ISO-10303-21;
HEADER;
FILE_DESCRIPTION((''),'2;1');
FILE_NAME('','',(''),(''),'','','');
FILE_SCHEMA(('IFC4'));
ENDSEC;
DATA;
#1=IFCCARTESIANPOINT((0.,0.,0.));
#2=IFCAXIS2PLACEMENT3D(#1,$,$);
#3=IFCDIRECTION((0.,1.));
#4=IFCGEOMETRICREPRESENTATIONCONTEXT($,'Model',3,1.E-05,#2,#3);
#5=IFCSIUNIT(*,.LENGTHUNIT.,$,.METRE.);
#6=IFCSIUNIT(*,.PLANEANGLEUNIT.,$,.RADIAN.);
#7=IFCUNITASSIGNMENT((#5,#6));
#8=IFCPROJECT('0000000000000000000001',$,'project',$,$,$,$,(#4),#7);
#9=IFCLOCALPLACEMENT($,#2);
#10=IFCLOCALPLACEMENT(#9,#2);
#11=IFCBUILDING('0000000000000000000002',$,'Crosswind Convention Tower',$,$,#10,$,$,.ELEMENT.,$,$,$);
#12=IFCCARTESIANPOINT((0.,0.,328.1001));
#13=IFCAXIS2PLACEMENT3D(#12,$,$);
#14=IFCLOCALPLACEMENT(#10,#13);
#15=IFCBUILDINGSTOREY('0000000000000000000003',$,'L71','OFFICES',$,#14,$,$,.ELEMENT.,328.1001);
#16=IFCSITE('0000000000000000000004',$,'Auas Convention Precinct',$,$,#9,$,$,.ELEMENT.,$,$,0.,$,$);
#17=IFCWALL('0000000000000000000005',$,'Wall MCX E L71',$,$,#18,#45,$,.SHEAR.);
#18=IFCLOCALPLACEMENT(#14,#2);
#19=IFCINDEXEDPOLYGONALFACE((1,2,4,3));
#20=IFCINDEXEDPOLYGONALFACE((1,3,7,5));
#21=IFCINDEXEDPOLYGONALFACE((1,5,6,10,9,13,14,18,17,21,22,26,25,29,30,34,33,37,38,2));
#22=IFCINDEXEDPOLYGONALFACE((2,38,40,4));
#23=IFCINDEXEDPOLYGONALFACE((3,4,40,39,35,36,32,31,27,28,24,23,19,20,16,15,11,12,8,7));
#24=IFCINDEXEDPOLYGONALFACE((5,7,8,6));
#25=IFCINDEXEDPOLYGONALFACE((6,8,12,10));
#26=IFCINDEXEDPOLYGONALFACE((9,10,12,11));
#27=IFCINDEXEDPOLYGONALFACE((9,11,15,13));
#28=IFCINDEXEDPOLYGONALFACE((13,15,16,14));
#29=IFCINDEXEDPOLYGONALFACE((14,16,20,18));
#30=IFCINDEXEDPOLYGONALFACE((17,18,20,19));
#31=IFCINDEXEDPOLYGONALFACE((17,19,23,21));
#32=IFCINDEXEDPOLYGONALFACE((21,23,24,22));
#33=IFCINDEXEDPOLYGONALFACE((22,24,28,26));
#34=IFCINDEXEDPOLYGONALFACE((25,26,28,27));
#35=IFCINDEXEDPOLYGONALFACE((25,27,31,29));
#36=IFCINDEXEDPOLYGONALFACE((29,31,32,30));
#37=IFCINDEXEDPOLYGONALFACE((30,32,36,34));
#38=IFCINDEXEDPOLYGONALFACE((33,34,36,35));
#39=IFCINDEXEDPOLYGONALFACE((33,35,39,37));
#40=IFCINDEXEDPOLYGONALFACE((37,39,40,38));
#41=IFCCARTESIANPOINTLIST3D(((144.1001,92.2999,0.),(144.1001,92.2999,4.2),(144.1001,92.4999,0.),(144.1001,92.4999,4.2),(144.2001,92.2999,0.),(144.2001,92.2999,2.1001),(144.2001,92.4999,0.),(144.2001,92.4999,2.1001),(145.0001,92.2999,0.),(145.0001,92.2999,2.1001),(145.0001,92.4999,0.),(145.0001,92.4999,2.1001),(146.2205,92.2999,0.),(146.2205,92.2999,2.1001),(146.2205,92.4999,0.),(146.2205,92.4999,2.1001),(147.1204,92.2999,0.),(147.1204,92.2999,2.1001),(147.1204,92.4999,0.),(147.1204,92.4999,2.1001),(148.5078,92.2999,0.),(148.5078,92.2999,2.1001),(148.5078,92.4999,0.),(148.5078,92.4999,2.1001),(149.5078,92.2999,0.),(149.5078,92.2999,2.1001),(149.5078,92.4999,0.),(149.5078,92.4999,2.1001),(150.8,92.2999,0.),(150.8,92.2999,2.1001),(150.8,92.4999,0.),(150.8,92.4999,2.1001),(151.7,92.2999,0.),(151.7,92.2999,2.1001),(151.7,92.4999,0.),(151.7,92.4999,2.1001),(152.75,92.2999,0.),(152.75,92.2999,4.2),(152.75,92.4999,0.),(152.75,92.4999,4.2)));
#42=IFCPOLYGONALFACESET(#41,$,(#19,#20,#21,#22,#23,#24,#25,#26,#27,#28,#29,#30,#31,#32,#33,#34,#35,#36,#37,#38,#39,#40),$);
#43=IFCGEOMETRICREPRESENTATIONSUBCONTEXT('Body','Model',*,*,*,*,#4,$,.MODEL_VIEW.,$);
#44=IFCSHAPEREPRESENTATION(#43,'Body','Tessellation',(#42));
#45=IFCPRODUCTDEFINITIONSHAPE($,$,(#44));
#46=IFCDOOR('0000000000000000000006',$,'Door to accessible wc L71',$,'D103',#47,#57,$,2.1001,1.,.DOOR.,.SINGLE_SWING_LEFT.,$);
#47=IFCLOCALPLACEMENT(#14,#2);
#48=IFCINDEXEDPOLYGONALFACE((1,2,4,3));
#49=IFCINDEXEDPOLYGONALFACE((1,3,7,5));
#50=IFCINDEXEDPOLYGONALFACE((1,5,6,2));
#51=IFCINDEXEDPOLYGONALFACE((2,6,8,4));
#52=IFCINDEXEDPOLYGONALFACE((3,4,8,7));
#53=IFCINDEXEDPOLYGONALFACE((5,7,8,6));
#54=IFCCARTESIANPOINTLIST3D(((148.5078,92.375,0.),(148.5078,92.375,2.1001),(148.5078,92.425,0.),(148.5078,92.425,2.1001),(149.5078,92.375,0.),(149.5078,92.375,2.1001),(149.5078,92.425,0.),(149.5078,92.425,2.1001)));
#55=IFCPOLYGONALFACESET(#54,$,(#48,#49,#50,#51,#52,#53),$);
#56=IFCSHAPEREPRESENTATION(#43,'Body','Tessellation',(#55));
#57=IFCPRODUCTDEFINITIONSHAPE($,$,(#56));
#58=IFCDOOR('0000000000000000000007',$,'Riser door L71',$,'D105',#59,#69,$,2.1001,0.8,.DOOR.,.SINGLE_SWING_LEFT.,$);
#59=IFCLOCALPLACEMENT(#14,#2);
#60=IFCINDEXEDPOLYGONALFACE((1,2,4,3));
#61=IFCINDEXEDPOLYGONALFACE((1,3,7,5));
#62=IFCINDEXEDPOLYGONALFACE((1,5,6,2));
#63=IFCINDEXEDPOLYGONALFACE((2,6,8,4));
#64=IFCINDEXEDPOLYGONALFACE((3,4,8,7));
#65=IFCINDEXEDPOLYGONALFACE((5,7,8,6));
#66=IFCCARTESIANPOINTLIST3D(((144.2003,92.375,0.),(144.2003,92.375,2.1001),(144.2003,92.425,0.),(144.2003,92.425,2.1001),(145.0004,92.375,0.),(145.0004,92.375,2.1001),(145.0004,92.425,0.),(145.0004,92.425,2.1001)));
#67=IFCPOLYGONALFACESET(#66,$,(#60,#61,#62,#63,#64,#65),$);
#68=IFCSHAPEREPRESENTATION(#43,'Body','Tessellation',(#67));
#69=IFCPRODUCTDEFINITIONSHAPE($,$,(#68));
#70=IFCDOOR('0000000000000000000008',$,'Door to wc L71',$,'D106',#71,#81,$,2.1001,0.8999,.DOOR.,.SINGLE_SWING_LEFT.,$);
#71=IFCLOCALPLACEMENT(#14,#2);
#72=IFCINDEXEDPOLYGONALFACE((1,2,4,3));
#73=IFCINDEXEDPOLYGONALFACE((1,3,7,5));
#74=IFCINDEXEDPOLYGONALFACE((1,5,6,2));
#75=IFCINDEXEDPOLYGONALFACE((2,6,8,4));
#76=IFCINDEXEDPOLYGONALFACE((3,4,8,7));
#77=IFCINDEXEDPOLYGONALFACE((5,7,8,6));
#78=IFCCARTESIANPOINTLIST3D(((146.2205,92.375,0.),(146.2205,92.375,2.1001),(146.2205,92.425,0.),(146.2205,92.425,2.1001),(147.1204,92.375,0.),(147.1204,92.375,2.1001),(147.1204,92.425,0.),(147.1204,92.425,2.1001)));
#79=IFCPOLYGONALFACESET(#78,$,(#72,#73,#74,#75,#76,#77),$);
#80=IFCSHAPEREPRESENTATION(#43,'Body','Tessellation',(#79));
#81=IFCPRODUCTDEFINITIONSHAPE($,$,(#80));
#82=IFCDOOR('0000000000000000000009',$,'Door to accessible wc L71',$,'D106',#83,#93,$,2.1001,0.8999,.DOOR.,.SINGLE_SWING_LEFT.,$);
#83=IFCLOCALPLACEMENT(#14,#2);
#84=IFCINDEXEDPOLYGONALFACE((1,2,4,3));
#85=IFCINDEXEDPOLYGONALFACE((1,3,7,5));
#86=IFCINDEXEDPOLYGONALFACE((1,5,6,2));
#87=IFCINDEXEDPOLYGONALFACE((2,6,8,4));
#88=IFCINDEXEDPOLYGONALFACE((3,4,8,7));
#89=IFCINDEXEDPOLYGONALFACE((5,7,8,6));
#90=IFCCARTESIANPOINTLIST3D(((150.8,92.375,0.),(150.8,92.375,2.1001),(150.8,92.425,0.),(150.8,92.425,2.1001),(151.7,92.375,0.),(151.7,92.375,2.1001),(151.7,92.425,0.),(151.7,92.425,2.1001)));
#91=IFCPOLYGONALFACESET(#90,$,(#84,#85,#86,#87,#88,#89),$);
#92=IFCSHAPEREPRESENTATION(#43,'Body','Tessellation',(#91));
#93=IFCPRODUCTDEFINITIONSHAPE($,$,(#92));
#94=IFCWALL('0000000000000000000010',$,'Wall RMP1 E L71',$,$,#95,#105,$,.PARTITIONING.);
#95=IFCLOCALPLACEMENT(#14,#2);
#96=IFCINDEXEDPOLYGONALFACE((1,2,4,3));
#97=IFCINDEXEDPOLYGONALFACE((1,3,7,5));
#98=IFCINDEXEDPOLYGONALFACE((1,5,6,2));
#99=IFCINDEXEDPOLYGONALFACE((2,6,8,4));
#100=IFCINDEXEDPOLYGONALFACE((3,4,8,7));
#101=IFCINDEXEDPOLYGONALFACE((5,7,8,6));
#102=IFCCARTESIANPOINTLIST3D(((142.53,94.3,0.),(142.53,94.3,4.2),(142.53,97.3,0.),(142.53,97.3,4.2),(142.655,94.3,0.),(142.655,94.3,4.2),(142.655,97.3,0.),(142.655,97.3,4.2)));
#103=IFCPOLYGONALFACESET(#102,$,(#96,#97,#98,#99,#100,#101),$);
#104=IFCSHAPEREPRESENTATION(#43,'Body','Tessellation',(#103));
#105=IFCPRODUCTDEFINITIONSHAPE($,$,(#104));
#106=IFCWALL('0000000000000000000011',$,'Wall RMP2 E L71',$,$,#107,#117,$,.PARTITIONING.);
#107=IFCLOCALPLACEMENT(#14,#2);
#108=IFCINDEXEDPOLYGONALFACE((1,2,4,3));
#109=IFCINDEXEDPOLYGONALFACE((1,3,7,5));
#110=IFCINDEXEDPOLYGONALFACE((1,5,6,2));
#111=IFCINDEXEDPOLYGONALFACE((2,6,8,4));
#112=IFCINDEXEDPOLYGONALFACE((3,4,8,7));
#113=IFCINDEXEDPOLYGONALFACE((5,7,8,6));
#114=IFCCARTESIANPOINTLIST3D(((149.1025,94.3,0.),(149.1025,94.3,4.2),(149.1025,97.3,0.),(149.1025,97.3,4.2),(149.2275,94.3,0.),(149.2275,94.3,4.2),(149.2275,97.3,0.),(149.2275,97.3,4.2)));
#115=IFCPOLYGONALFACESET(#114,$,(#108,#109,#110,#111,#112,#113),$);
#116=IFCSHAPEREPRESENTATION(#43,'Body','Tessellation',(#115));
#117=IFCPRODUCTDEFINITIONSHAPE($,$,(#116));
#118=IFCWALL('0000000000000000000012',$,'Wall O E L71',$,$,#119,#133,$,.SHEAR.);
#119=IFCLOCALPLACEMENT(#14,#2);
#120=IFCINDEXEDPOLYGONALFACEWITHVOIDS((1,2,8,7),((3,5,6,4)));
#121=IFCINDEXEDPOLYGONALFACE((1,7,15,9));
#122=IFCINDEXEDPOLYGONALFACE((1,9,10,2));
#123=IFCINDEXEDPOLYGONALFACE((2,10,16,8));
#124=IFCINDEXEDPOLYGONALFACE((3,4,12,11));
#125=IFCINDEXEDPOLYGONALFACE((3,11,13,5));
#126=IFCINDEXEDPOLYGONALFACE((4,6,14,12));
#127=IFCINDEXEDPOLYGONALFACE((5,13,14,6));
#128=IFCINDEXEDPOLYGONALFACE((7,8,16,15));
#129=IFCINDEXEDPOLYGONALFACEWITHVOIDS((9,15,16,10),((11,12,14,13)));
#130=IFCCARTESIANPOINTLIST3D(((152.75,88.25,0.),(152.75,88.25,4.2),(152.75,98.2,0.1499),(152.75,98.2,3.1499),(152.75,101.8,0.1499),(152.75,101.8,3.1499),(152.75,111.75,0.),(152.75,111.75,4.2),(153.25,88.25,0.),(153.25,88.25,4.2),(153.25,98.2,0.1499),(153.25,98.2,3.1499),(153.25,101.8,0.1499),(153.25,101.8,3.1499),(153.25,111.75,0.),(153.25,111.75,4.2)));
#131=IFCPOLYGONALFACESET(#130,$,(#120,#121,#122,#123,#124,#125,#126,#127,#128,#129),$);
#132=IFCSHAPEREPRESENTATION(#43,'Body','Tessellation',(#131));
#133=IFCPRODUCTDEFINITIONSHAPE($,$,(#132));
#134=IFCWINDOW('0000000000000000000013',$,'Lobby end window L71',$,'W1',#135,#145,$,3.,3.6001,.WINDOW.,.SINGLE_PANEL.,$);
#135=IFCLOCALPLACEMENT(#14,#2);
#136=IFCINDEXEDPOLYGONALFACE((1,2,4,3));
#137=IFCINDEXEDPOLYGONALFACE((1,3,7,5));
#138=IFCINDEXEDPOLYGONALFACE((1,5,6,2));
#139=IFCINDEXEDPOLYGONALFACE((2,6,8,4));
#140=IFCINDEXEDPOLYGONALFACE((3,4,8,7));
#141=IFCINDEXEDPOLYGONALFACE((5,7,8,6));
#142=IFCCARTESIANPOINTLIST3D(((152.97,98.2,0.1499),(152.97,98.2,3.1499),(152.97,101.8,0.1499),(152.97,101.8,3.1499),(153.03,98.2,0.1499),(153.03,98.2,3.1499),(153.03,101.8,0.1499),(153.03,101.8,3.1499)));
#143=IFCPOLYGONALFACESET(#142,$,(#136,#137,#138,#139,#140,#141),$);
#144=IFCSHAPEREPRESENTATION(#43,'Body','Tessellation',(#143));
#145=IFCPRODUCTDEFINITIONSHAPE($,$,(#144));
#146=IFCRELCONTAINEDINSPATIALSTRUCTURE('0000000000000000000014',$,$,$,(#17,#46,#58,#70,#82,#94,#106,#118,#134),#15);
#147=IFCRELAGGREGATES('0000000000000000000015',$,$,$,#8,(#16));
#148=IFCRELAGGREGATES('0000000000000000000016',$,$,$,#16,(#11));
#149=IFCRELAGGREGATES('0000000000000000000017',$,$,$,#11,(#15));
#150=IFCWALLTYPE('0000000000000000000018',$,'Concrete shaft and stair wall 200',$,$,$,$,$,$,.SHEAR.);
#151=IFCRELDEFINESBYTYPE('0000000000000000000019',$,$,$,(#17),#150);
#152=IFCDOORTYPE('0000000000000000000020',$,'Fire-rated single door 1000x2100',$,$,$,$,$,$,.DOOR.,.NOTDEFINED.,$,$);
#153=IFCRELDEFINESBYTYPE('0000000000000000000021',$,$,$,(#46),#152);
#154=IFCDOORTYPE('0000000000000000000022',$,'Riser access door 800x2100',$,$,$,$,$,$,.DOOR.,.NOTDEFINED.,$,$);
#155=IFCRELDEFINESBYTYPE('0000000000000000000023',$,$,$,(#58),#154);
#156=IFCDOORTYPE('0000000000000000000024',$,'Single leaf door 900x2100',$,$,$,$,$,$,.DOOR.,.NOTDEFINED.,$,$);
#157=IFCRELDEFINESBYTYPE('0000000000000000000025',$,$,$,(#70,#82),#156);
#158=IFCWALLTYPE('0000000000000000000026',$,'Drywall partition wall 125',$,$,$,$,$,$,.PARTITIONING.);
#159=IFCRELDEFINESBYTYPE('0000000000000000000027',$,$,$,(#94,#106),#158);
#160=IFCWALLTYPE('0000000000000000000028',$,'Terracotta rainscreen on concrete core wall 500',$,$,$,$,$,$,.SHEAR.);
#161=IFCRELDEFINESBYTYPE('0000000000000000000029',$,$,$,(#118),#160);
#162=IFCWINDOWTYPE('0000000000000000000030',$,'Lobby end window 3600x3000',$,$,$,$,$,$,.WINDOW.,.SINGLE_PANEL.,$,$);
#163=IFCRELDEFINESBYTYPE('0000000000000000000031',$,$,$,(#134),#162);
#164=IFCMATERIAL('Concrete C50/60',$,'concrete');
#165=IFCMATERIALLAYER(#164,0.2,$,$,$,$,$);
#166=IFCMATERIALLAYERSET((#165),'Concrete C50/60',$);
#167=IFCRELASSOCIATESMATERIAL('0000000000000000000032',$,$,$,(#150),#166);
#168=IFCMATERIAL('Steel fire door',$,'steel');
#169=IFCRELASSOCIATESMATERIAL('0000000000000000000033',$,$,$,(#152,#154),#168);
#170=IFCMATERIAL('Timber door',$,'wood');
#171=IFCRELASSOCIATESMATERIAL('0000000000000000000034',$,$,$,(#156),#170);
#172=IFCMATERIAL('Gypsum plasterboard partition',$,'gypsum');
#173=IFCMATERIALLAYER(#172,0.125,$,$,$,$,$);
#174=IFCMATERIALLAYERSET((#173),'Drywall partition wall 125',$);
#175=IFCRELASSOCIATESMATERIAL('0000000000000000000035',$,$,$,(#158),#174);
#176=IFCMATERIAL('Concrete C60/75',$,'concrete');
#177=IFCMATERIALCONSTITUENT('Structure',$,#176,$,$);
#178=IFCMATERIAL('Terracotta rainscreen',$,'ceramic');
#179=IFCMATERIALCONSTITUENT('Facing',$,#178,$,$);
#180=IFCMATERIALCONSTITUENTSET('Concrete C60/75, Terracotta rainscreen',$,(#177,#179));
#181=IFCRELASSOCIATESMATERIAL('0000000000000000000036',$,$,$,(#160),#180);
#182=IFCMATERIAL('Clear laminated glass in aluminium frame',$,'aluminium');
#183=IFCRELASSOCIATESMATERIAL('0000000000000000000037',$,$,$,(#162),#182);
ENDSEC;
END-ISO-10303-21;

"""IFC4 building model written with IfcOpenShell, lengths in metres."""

from ifc_helpers import new_model, si_unit, direction, frame, frame_2d, origin, place, context, subcontext, project, spatial, rectangle, extrude, material, layer, layer_set, constituent, constituent_set, type_object, element, fill, save


model = new_model("IFC4")

# Units and contexts
model_context = context("Model", 3, precision=1e-05, world=origin(), true_north=direction((0.0, 1.0)))
body_context = subcontext(model_context, "Body", "Model", "MODEL_VIEW")
ifc_project = project(units=[si_unit("LENGTHUNIT", "METRE"), si_unit("PLANEANGLEUNIT", "RADIAN")], contexts=[model_context])

# Site, building, storey
site_placement = place(None, origin())
site = spatial("IfcSite", under=ifc_project, at=site_placement, Name="Auas Convention Precinct", CompositionType="ELEMENT", RefElevation=0.0)
building_placement = place(site_placement, origin())
building = spatial("IfcBuilding", under=site, at=building_placement, Name="Crosswind Convention Tower", CompositionType="ELEMENT")
storey_placement = place(building_placement, frame((0.0, 0.0, 328.1001)))
storey = spatial("IfcBuildingStorey", under=building, at=storey_placement, Name="L71", Description="OFFICES", CompositionType="ELEMENT", Elevation=328.1001)

# Shared definitions
ifc_material_1 = material(Name="Concrete C50/60", Category="concrete")

# Shared definitions
ifc_layer_1 = layer(ifc_material_1, 0.2)
ifc_layer_set_1 = layer_set([ifc_layer_1], Name="Concrete C50/60")
wall_type_1 = type_object("IfcWallType", Name="Concrete shaft and stair wall 200", PredefinedType="SHEAR", material=ifc_layer_set_1)

# Shared definitions
ifc_material_2 = material(Name="Steel fire door", Category="steel")

# Shared definitions
door_type_1 = type_object("IfcDoorType", Name="Fire-rated single door 1000x2100", OperationType="NOTDEFINED", PredefinedType="DOOR", material=ifc_material_2)

# Wall, openings, doors
wall_1_placement = place(storey_placement, frame((144.1001, 92.3999, 0.0), z_axis=(0.0, 0.0, 1.0), x_axis=(1.0, 0.0, 0.0)))
wall_1 = element("IfcWall", 1, at=wall_1_placement, inside=storey, type_object=wall_type_1, Name="Wall MCX E L71", PredefinedType="SHEAR", context=body_context, shape_type="SweptSolid", body=[
    extrude(rectangle(XDim=8.6499, YDim=0.2, at=frame_2d((4.325, 0.0))), origin(), (0.0, 0.0, 1.0), 4.2),
])
opening_1_placement = place(wall_1_placement, frame((0.1001, 0.0, 0.0)))
opening_1 = element("IfcOpeningElement", 2, at=opening_1_placement, cuts=wall_1, PredefinedType="OPENING", context=body_context, shape_type="SweptSolid", body=[
    extrude(rectangle(XDim=0.8, YDim=2.1001, at=frame_2d((0.3999, 1.05))), frame((0.0, 0.1099, 0.0), z_axis=(0.0, -1.0, 0.0), x_axis=(1.0, 0.0, 0.0)), (0.0, 0.0, 1.0), 0.22),
])
opening_2_placement = place(wall_1_placement, frame((2.1204, 0.0, 0.0)))
opening_2 = element("IfcOpeningElement", 3, at=opening_2_placement, cuts=wall_1, PredefinedType="OPENING", context=body_context, shape_type="SweptSolid", body=[
    extrude(rectangle(XDim=0.8999, YDim=2.1001, at=frame_2d((0.45, 1.05))), frame((0.0, 0.1099, 0.0), z_axis=(0.0, -1.0, 0.0), x_axis=(1.0, 0.0, 0.0)), (0.0, 0.0, 1.0), 0.22),
])
opening_3_placement = place(wall_1_placement, frame((4.4077, 0.0, 0.0)))
opening_3 = element("IfcOpeningElement", 4, at=opening_3_placement, cuts=wall_1, PredefinedType="OPENING", context=body_context, shape_type="SweptSolid", body=[
    extrude(rectangle(XDim=1.0, YDim=2.1001, at=frame_2d((0.5, 1.05))), frame((0.0, 0.1099, 0.0), z_axis=(0.0, -1.0, 0.0), x_axis=(1.0, 0.0, 0.0)), (0.0, 0.0, 1.0), 0.22),
])
opening_4_placement = place(wall_1_placement, frame((6.7, 0.0, 0.0)))
opening_4 = element("IfcOpeningElement", 5, at=opening_4_placement, cuts=wall_1, PredefinedType="OPENING", context=body_context, shape_type="SweptSolid", body=[
    extrude(rectangle(XDim=0.8999, YDim=2.1001, at=frame_2d((0.45, 1.05))), frame((0.0, 0.1099, 0.0), z_axis=(0.0, -1.0, 0.0), x_axis=(1.0, 0.0, 0.0)), (0.0, 0.0, 1.0), 0.22),
])
door_1_placement = place(opening_3_placement, frame((1.0, 0.0, 0.0), z_axis=(0.0, 0.0, 1.0), x_axis=(-1.0, 0.0, 0.0)))
door_1 = element("IfcDoor", 6, at=door_1_placement, inside=storey, type_object=door_type_1, Name="Door to accessible wc L71", ObjectType="D103", OperationType="SINGLE_SWING_LEFT", OverallHeight=2.1001, OverallWidth=1.0, PredefinedType="DOOR", context=body_context, shape_type="SweptSolid", body=[
    extrude(rectangle(XDim=1.0, YDim=2.1001, at=frame_2d((0.5, 1.05))), frame((0.0, 0.0249, 0.0), z_axis=(0.0, -1.0, 0.0), x_axis=(1.0, 0.0, 0.0)), (0.0, 0.0, 1.0), 0.05),
])
fill(opening_3, door_1)
door_type_2 = type_object("IfcDoorType", Name="Riser access door 800x2100", OperationType="NOTDEFINED", PredefinedType="DOOR", material=ifc_material_2)
door_2_placement = place(opening_1_placement, frame((0.8, 0.0, 0.0), z_axis=(0.0, 0.0, 1.0), x_axis=(-1.0, 0.0, 0.0)))
door_2 = element("IfcDoor", 7, at=door_2_placement, inside=storey, type_object=door_type_2, Name="Riser door L71", ObjectType="D105", OperationType="SINGLE_SWING_LEFT", OverallHeight=2.1001, OverallWidth=0.8, PredefinedType="DOOR", context=body_context, shape_type="SweptSolid", body=[
    extrude(rectangle(XDim=0.8, YDim=2.1001, at=frame_2d((0.3999, 1.05))), frame((0.0, 0.0249, 0.0), z_axis=(0.0, -1.0, 0.0), x_axis=(1.0, 0.0, 0.0)), (0.0, 0.0, 1.0), 0.05),
])
fill(opening_1, door_2)
ifc_material_3 = material(Name="Timber door", Category="wood")
door_type_3 = type_object("IfcDoorType", Name="Single leaf door 900x2100", OperationType="NOTDEFINED", PredefinedType="DOOR", material=ifc_material_3)
door_3_placement = place(opening_2_placement, frame((0.8999, 0.0, 0.0), z_axis=(0.0, 0.0, 1.0), x_axis=(-1.0, 0.0, 0.0)))
door_3 = element("IfcDoor", 8, at=door_3_placement, inside=storey, type_object=door_type_3, Name="Door to wc L71", ObjectType="D106", OperationType="SINGLE_SWING_LEFT", OverallHeight=2.1001, OverallWidth=0.8999, PredefinedType="DOOR", context=body_context, shape_type="SweptSolid", body=[
    extrude(rectangle(XDim=0.8999, YDim=2.1001, at=frame_2d((0.45, 1.05))), frame((0.0, 0.0249, 0.0), z_axis=(0.0, -1.0, 0.0), x_axis=(1.0, 0.0, 0.0)), (0.0, 0.0, 1.0), 0.05),
])
fill(opening_2, door_3)
door_4_placement = place(opening_4_placement, frame((0.8999, 0.0, 0.0), z_axis=(0.0, 0.0, 1.0), x_axis=(-1.0, 0.0, 0.0)))
door_4 = element("IfcDoor", 9, at=door_4_placement, inside=storey, type_object=door_type_3, Name="Door to accessible wc L71", ObjectType="D106", OperationType="SINGLE_SWING_LEFT", OverallHeight=2.1001, OverallWidth=0.8999, PredefinedType="DOOR", context=body_context, shape_type="SweptSolid", body=[
    extrude(rectangle(XDim=0.8999, YDim=2.1001, at=frame_2d((0.45, 1.05))), frame((0.0, 0.0249, 0.0), z_axis=(0.0, -1.0, 0.0), x_axis=(1.0, 0.0, 0.0)), (0.0, 0.0, 1.0), 0.05),
])
fill(opening_4, door_4)

# Walls
ifc_material_4 = material(Name="Gypsum plasterboard partition", Category="gypsum")
ifc_layer_2 = layer(ifc_material_4, 0.125)
ifc_layer_set_2 = layer_set([ifc_layer_2], Name="Drywall partition wall 125")
wall_type_2 = type_object("IfcWallType", Name="Drywall partition wall 125", PredefinedType="PARTITIONING", material=ifc_layer_set_2)
for number, where, z_axis, x_axis, name in (
    (10, (142.5925, 94.3, 0.0), (0.0, 0.0, 1.0), (0.0, 1.0, 0.0), "Wall RMP1 E L71"),
    (11, (149.165, 94.3, 0.0), (0.0, 0.0, 1.0), (0.0, 1.0, 0.0), "Wall RMP2 E L71"),
):
    element("IfcWall", number, at=place(storey_placement, frame(where, z_axis=z_axis, x_axis=x_axis)), inside=storey, type_object=wall_type_2, Name=name, PredefinedType="PARTITIONING", context=body_context, shape_type="SweptSolid", body=[
        extrude(rectangle(XDim=3.0, YDim=0.125, at=frame_2d((1.5, 0.0))), origin(), (0.0, 0.0, 1.0), 4.2),
    ])

# Wall, opening, window
ifc_material_5 = material(Name="Concrete C60/75", Category="concrete")
ifc_constituent_1 = constituent(ifc_material_5, Name="Structure")
ifc_material_6 = material(Name="Terracotta rainscreen", Category="ceramic")
ifc_constituent_2 = constituent(ifc_material_6, Name="Facing")
ifc_constituent_set = constituent_set(constituents=[ifc_constituent_1, ifc_constituent_2], Name="Concrete C60/75, Terracotta rainscreen")
wall_type_3 = type_object("IfcWallType", Name="Terracotta rainscreen on concrete core wall 500", PredefinedType="SHEAR", material=ifc_constituent_set)
wall_2_placement = place(storey_placement, frame((153.0, 88.25, 0.0), z_axis=(0.0, 0.0, 1.0), x_axis=(0.0, 1.0, 0.0)))
wall_2 = element("IfcWall", 12, at=wall_2_placement, inside=storey, type_object=wall_type_3, Name="Wall O E L71", PredefinedType="SHEAR", context=body_context, shape_type="SweptSolid", body=[
    extrude(rectangle(XDim=23.5, YDim=0.5, at=frame_2d((11.75, 0.0))), origin(), (0.0, 0.0, 1.0), 4.2),
])
opening_5_placement = place(wall_2_placement, frame((9.95, 0.0, 0.1499)))
opening_5 = element("IfcOpeningElement", 13, at=opening_5_placement, cuts=wall_2, PredefinedType="OPENING", context=body_context, shape_type="SweptSolid", body=[
    extrude(rectangle(XDim=3.6001, YDim=3.0, at=frame_2d((1.8, 1.5))), frame((0.0, 0.26, 0.0), z_axis=(0.0, -1.0, 0.0), x_axis=(1.0, 0.0, 0.0)), (0.0, 0.0, 1.0), 0.52),
])
ifc_material_7 = material(Name="Clear laminated glass in aluminium frame", Category="aluminium")
window_type = type_object("IfcWindowType", Name="Lobby end window 3600x3000", PartitioningType="SINGLE_PANEL", PredefinedType="WINDOW", material=ifc_material_7)
window_placement = place(opening_5_placement, origin())
window = element("IfcWindow", 14, at=window_placement, inside=storey, type_object=window_type, Name="Lobby end window L71", ObjectType="W1", OverallHeight=3.0, OverallWidth=3.6001, PartitioningType="SINGLE_PANEL", PredefinedType="WINDOW", context=body_context, shape_type="SweptSolid", body=[
    extrude(rectangle(XDim=3.6001, YDim=3.0, at=frame_2d((1.8, 1.5))), frame((0.0, 0.03, 0.0), z_axis=(0.0, -1.0, 0.0), x_axis=(1.0, 0.0, 0.0)), (0.0, 0.0, 1.0), 0.0601),
])
fill(opening_5, window)

save(model, "model.ifc")
